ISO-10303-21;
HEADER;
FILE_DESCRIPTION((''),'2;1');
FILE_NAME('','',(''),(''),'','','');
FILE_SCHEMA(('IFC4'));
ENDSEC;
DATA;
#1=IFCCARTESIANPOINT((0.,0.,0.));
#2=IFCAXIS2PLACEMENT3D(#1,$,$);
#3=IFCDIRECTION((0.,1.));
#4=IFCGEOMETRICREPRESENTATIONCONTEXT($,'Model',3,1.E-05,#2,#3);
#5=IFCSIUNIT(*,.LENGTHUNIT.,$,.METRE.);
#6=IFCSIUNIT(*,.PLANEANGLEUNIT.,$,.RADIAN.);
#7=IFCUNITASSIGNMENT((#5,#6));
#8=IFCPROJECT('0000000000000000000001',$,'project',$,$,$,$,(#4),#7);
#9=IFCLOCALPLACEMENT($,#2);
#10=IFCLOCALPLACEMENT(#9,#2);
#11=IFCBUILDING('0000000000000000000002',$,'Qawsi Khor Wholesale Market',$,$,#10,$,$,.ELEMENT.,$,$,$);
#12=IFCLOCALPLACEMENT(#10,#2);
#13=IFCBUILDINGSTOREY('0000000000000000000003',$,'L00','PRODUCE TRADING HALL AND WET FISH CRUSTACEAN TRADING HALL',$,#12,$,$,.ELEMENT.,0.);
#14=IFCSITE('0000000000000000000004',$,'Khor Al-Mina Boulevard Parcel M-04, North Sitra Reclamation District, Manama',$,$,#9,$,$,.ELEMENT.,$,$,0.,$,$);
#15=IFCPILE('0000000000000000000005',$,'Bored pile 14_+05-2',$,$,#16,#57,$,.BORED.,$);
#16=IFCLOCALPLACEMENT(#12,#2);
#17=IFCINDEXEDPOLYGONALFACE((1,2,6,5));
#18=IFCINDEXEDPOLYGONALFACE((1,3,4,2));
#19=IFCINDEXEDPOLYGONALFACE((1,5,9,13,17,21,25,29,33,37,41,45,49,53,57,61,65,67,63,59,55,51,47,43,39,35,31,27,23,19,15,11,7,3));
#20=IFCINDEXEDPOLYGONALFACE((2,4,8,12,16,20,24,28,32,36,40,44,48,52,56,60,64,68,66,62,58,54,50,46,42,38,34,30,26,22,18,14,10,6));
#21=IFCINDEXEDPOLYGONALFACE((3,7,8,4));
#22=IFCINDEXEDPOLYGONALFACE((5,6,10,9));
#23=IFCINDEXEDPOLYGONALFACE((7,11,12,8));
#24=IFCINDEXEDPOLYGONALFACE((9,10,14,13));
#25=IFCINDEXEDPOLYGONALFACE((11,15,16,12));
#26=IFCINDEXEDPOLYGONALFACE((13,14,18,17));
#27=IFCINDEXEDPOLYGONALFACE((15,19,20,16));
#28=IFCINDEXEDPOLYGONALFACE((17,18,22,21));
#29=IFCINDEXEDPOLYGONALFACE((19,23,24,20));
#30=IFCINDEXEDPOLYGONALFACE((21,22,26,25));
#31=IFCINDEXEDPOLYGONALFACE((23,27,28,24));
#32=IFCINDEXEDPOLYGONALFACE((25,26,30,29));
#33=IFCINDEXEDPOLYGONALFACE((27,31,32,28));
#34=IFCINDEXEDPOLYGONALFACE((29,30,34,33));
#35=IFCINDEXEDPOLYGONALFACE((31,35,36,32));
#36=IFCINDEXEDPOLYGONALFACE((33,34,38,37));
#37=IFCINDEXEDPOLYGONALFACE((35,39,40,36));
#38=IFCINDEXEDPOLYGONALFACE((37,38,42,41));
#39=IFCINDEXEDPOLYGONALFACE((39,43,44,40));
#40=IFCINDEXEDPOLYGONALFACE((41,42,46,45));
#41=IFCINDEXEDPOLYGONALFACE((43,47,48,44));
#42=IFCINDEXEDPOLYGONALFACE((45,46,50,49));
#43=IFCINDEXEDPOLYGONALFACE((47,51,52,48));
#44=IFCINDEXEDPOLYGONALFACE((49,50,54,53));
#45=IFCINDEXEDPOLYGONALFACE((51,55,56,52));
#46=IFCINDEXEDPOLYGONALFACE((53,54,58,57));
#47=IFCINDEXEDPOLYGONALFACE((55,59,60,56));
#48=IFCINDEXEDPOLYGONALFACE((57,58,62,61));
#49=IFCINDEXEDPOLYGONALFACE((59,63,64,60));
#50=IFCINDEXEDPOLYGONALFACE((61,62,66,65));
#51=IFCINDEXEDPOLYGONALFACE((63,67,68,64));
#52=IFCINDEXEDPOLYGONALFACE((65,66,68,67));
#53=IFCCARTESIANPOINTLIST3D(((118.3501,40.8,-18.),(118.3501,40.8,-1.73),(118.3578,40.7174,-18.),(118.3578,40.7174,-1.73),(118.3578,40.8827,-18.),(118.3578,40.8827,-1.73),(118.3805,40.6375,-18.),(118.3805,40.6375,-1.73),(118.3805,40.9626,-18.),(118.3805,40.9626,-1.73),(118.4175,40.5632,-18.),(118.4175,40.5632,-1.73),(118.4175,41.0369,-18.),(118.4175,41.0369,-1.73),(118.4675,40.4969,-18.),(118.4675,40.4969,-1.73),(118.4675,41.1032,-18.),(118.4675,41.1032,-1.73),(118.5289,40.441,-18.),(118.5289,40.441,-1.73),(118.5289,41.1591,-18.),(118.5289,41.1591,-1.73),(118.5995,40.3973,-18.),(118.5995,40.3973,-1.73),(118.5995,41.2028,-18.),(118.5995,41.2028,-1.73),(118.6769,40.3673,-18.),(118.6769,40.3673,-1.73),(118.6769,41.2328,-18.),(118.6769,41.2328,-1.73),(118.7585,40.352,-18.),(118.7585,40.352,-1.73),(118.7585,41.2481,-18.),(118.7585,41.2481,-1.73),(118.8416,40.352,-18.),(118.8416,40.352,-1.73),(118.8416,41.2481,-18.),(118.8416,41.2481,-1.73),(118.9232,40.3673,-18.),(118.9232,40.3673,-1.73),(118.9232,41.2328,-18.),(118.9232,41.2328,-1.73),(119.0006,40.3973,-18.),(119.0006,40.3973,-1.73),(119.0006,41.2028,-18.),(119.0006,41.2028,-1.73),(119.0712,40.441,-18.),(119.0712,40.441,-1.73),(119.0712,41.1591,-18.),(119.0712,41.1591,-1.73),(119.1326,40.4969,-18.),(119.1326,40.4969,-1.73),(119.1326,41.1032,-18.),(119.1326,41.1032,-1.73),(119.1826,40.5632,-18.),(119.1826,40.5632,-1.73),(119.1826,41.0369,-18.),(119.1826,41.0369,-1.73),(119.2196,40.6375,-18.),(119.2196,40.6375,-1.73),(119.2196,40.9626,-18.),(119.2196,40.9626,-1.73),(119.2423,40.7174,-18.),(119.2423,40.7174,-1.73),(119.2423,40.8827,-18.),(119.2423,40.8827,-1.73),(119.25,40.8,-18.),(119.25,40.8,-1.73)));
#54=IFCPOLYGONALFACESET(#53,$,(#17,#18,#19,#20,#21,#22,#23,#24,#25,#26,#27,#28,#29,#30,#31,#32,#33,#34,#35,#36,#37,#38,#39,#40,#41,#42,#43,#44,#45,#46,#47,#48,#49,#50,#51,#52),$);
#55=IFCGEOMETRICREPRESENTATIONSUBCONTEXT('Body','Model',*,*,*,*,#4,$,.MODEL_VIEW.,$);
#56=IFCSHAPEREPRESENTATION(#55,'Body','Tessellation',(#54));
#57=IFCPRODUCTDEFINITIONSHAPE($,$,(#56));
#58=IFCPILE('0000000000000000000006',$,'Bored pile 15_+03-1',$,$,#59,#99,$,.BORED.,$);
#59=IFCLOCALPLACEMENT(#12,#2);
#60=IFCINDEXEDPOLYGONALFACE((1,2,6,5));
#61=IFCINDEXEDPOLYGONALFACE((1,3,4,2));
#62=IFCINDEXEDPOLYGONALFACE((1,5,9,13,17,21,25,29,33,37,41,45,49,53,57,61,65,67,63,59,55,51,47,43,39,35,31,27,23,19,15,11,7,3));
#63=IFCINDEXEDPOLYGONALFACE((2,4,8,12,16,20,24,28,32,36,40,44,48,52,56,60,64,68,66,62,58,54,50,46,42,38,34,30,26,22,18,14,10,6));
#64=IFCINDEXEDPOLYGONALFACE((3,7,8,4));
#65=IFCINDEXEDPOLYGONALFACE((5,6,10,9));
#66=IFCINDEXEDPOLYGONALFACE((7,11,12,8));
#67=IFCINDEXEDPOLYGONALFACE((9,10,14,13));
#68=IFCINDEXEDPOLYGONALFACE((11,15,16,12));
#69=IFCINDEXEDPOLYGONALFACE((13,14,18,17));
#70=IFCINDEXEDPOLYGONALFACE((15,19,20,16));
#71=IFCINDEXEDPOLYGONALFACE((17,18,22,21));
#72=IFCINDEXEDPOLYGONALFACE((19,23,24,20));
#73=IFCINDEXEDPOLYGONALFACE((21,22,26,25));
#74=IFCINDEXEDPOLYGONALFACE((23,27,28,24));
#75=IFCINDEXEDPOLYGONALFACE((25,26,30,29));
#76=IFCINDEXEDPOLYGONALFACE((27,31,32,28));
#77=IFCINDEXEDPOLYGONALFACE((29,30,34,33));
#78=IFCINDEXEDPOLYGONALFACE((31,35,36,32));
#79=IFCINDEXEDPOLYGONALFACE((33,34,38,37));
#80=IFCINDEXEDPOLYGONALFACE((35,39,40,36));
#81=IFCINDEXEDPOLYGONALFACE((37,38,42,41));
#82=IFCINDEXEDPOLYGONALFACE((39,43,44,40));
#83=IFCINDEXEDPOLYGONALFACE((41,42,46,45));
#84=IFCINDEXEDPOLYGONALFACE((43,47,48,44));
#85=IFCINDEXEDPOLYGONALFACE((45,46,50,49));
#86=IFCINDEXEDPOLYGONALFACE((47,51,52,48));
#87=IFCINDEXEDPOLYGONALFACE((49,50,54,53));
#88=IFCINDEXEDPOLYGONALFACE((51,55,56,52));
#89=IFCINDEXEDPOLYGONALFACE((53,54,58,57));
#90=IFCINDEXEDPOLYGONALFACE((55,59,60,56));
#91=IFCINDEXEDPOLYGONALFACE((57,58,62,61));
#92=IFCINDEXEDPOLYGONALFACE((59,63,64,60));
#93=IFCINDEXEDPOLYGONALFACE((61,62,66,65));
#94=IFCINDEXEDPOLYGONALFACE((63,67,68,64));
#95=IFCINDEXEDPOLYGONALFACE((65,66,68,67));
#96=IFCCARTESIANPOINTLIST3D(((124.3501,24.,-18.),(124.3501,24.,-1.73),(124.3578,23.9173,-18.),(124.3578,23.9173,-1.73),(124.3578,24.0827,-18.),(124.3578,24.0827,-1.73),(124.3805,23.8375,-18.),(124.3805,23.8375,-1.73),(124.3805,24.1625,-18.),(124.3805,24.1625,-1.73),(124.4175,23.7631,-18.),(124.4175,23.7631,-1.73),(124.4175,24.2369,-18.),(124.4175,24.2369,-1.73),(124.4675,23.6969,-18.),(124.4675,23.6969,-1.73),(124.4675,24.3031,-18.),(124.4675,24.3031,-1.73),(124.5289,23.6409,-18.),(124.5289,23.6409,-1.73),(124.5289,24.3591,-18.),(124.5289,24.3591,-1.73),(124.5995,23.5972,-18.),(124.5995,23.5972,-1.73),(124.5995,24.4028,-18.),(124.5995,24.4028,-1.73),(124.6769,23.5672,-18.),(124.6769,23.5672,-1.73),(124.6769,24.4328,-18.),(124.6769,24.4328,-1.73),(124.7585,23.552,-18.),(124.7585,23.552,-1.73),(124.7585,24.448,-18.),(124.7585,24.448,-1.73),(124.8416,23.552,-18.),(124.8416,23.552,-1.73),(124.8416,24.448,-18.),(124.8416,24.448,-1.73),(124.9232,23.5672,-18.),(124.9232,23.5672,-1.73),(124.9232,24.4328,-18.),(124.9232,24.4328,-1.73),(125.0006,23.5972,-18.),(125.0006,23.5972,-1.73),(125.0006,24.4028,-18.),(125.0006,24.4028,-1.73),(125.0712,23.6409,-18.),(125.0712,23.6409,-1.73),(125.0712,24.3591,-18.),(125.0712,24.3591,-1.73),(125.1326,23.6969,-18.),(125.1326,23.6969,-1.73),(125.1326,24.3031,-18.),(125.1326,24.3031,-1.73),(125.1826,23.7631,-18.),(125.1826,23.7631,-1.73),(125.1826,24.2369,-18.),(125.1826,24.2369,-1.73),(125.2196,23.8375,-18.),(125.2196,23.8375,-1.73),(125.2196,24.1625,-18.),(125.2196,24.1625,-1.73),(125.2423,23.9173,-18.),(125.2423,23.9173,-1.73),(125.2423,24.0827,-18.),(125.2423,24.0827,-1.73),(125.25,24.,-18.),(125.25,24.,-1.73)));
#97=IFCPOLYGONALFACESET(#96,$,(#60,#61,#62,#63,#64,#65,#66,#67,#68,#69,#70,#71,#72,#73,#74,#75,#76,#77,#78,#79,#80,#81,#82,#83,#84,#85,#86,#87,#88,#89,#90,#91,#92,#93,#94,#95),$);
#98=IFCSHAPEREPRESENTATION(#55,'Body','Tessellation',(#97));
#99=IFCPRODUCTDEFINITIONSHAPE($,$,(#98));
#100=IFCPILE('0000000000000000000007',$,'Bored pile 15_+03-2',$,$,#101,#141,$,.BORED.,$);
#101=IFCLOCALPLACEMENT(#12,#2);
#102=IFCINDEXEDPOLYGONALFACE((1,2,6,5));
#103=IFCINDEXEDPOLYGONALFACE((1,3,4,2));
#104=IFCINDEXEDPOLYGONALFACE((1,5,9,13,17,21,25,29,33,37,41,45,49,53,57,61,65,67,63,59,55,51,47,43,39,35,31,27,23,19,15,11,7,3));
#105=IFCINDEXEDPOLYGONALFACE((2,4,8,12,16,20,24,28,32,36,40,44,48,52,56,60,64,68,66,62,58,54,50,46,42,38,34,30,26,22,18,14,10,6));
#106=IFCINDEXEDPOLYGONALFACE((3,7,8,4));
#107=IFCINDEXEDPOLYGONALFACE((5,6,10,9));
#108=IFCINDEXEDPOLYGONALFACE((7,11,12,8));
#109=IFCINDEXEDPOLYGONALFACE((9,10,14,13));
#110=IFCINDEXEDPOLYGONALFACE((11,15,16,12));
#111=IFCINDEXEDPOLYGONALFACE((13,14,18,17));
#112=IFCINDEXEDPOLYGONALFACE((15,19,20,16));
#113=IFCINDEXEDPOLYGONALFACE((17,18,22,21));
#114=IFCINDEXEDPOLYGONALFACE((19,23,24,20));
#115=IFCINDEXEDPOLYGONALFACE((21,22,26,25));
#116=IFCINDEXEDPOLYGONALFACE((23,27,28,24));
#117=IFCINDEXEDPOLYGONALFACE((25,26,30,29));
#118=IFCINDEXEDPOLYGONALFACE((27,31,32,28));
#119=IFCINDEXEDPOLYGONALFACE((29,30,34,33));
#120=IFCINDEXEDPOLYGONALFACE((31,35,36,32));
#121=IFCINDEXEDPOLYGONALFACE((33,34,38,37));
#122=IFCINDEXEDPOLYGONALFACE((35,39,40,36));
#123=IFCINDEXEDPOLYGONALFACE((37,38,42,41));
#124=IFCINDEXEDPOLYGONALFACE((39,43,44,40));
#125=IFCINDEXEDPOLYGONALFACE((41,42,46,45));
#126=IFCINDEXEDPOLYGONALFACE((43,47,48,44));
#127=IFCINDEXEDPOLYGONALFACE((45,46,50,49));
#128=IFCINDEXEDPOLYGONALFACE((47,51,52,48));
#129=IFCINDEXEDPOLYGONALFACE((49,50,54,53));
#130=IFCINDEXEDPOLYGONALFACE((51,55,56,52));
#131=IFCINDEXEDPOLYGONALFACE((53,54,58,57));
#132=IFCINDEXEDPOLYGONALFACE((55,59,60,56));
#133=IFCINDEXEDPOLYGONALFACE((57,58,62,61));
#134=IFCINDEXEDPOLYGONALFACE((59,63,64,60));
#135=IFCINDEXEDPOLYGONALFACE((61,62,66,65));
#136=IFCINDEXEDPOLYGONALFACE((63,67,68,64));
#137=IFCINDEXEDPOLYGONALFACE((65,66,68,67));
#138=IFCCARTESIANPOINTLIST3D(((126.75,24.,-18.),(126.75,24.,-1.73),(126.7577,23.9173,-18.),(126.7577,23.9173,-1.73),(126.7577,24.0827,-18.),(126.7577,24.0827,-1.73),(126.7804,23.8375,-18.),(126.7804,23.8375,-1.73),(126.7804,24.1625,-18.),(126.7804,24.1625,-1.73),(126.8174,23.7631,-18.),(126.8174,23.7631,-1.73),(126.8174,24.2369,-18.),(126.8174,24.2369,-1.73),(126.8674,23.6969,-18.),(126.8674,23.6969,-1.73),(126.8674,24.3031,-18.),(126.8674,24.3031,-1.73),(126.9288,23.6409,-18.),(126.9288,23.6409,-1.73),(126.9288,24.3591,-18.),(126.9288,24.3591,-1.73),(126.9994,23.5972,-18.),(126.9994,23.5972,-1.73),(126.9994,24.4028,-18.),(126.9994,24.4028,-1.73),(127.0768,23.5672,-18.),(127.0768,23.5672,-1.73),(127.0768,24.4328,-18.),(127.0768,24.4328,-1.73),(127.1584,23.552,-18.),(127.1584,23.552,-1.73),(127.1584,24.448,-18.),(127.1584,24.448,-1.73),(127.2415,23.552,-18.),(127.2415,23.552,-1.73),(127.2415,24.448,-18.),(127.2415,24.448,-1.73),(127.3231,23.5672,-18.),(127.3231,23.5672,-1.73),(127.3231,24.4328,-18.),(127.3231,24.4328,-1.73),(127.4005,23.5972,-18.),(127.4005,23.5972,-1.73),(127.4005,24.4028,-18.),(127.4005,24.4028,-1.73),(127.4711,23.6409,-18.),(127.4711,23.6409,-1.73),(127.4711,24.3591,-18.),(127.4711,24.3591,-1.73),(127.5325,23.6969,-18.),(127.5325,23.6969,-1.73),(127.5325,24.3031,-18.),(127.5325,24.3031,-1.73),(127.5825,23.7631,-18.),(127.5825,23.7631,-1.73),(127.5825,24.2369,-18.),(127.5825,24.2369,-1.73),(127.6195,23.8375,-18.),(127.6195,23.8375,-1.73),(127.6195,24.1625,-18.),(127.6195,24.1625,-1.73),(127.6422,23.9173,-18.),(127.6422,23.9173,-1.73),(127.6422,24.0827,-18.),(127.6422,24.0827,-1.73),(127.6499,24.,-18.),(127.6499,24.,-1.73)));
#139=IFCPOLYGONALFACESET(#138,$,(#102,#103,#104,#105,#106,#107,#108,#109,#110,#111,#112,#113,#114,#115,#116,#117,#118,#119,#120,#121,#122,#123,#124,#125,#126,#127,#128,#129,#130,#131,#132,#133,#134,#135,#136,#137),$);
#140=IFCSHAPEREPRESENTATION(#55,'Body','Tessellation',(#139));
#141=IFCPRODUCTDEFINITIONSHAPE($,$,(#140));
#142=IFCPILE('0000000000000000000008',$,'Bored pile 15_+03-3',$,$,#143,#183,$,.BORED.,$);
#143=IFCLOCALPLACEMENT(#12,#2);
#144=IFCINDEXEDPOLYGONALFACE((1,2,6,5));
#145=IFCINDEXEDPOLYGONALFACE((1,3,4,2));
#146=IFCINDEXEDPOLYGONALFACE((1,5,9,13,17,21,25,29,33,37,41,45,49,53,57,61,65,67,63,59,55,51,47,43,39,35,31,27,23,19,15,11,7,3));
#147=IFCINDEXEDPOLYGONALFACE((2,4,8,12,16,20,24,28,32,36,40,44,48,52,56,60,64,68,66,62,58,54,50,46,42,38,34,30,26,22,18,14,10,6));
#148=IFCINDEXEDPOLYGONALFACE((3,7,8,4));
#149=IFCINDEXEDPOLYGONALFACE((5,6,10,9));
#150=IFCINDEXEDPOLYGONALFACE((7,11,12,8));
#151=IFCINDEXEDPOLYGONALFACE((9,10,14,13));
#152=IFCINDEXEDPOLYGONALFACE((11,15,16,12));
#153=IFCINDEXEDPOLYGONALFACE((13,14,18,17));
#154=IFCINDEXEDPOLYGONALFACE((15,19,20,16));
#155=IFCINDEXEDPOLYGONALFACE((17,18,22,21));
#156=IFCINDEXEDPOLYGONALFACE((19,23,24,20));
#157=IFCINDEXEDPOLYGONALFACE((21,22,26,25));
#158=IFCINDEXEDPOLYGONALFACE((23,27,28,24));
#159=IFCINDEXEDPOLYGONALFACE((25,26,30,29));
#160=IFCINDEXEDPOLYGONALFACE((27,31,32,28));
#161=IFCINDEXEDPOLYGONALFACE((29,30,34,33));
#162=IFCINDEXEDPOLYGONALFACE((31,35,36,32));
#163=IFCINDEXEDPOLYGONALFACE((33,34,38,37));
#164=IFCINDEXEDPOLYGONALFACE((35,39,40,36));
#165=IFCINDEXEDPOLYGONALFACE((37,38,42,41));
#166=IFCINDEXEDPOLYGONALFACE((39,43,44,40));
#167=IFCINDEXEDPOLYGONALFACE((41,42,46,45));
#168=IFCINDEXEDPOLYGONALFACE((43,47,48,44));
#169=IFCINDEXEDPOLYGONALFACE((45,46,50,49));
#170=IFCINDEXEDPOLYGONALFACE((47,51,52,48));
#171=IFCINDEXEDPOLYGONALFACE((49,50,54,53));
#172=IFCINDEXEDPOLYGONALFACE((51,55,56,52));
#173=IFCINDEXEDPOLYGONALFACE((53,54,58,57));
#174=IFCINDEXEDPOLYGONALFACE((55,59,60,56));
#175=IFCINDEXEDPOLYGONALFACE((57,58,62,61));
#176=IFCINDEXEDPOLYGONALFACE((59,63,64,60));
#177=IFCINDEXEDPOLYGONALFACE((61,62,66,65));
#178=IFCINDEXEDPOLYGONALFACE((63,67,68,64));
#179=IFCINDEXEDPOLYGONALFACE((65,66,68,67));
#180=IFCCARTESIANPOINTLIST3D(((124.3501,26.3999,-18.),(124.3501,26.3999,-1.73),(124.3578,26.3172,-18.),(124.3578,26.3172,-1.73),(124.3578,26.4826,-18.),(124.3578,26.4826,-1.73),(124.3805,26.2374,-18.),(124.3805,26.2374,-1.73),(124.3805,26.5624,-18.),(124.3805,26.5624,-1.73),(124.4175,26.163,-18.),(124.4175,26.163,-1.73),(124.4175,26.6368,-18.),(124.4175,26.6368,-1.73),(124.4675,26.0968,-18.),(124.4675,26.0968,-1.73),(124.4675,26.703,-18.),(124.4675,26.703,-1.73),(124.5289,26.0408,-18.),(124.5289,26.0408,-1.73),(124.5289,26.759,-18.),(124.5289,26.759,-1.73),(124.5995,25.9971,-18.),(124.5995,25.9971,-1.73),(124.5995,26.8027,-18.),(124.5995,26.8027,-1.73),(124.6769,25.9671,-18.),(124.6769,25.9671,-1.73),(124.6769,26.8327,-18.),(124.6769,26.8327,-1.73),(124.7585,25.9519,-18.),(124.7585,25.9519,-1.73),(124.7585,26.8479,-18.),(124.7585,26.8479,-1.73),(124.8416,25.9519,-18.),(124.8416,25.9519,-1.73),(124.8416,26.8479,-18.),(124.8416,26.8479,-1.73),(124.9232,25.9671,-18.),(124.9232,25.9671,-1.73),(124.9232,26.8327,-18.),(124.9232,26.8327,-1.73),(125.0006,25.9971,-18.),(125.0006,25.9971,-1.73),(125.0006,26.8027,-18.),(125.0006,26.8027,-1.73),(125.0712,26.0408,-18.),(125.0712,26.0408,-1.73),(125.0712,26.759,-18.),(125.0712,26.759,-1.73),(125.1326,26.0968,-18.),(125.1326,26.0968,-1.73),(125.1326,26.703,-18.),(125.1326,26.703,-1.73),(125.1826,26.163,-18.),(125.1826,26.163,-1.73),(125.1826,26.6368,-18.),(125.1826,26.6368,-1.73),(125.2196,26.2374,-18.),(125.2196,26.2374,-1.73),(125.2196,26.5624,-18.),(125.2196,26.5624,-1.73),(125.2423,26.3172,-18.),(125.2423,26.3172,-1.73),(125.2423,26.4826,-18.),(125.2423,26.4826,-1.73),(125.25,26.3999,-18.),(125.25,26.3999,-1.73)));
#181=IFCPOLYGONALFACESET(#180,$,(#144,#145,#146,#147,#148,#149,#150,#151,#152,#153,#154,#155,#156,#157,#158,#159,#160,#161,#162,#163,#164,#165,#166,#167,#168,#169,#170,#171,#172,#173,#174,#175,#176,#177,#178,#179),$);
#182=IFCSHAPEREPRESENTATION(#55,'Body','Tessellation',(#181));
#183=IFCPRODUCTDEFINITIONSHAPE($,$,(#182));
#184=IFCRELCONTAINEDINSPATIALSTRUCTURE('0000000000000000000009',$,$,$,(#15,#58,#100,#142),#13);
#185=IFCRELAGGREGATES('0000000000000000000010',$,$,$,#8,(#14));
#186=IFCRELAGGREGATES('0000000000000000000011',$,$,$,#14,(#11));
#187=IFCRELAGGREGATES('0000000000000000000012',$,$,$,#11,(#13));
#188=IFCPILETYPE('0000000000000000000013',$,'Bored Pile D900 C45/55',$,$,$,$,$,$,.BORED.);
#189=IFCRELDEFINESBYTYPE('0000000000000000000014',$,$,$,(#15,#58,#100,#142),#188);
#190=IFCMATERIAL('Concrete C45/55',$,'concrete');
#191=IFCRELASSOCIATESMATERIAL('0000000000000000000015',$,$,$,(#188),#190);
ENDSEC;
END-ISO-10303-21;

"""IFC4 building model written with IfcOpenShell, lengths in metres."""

from ifc_helpers import new_model, si_unit, direction, frame, origin, origin_2d, place, context, subcontext, project, spatial, circle, extrude, material, material_profile, profile_set, type_object, element, save


model = new_model("IFC4")

# Units and contexts
model_context = context("Model", 3, precision=1e-05, world=origin(), true_north=direction((0.0, 1.0)))
body_context = subcontext(model_context, "Body", "Model", "MODEL_VIEW")
ifc_project = project(units=[si_unit("LENGTHUNIT", "METRE"), si_unit("PLANEANGLEUNIT", "RADIAN")], contexts=[model_context])

# Site, building, storey
site_placement = place(None, origin())
site = spatial("IfcSite", under=ifc_project, at=site_placement, Name="Khor Al-Mina Boulevard Parcel M-04, North Sitra Reclamation District, Manama", CompositionType="ELEMENT", RefElevation=0.0)
building_placement = place(site_placement, origin())
building = spatial("IfcBuilding", under=site, at=building_placement, Name="Qawsi Khor Wholesale Market", CompositionType="ELEMENT")
storey_placement = place(building_placement, origin())
storey = spatial("IfcBuildingStorey", under=building, at=storey_placement, Name="L00", Description="PRODUCE TRADING HALL AND WET FISH CRUSTACEAN TRADING HALL", CompositionType="ELEMENT", Elevation=0.0)

# Piles
ifc_material_1 = material(Name="Concrete C45/55", Category="concrete")
ifc_material_profile_1 = material_profile(ifc_material_1, circle(Radius=0.45, at=origin_2d()), Name="PILE D900")
ifc_profile_set_1 = profile_set([ifc_material_profile_1], Name="Concrete C45/55")
pile_type = type_object("IfcPileType", Name="Bored Pile D900 C45/55", PredefinedType="BORED", material=ifc_profile_set_1)
for number, where, z_axis, x_axis, name in (
    (1, (118.8, 40.8, -1.73), (0.0, 0.0, -1.0), (1.0, 0.0, 0.0), "Bored pile 14_+05-2"),
    (2, (124.8, 24.0, -1.73), (0.0, 0.0, -1.0), (1.0, 0.0, 0.0), "Bored pile 15_+03-1"),
    (3, (127.2, 24.0, -1.73), (0.0, 0.0, -1.0), (1.0, 0.0, 0.0), "Bored pile 15_+03-2"),
    (4, (124.8, 26.3999, -1.73), (0.0, 0.0, -1.0), (1.0, 0.0, 0.0), "Bored pile 15_+03-3"),
):
    element("IfcPile", number, at=place(storey_placement, frame(where, z_axis=z_axis, x_axis=x_axis)), inside=storey, type_object=pile_type, Name=name, PredefinedType="BORED", context=body_context, shape_type="SweptSolid", body=[
        extrude(circle(Radius=0.45, at=origin_2d()), origin(), (0.0, 0.0, 1.0), 16.27),
    ])

save(model, "model.ifc")
